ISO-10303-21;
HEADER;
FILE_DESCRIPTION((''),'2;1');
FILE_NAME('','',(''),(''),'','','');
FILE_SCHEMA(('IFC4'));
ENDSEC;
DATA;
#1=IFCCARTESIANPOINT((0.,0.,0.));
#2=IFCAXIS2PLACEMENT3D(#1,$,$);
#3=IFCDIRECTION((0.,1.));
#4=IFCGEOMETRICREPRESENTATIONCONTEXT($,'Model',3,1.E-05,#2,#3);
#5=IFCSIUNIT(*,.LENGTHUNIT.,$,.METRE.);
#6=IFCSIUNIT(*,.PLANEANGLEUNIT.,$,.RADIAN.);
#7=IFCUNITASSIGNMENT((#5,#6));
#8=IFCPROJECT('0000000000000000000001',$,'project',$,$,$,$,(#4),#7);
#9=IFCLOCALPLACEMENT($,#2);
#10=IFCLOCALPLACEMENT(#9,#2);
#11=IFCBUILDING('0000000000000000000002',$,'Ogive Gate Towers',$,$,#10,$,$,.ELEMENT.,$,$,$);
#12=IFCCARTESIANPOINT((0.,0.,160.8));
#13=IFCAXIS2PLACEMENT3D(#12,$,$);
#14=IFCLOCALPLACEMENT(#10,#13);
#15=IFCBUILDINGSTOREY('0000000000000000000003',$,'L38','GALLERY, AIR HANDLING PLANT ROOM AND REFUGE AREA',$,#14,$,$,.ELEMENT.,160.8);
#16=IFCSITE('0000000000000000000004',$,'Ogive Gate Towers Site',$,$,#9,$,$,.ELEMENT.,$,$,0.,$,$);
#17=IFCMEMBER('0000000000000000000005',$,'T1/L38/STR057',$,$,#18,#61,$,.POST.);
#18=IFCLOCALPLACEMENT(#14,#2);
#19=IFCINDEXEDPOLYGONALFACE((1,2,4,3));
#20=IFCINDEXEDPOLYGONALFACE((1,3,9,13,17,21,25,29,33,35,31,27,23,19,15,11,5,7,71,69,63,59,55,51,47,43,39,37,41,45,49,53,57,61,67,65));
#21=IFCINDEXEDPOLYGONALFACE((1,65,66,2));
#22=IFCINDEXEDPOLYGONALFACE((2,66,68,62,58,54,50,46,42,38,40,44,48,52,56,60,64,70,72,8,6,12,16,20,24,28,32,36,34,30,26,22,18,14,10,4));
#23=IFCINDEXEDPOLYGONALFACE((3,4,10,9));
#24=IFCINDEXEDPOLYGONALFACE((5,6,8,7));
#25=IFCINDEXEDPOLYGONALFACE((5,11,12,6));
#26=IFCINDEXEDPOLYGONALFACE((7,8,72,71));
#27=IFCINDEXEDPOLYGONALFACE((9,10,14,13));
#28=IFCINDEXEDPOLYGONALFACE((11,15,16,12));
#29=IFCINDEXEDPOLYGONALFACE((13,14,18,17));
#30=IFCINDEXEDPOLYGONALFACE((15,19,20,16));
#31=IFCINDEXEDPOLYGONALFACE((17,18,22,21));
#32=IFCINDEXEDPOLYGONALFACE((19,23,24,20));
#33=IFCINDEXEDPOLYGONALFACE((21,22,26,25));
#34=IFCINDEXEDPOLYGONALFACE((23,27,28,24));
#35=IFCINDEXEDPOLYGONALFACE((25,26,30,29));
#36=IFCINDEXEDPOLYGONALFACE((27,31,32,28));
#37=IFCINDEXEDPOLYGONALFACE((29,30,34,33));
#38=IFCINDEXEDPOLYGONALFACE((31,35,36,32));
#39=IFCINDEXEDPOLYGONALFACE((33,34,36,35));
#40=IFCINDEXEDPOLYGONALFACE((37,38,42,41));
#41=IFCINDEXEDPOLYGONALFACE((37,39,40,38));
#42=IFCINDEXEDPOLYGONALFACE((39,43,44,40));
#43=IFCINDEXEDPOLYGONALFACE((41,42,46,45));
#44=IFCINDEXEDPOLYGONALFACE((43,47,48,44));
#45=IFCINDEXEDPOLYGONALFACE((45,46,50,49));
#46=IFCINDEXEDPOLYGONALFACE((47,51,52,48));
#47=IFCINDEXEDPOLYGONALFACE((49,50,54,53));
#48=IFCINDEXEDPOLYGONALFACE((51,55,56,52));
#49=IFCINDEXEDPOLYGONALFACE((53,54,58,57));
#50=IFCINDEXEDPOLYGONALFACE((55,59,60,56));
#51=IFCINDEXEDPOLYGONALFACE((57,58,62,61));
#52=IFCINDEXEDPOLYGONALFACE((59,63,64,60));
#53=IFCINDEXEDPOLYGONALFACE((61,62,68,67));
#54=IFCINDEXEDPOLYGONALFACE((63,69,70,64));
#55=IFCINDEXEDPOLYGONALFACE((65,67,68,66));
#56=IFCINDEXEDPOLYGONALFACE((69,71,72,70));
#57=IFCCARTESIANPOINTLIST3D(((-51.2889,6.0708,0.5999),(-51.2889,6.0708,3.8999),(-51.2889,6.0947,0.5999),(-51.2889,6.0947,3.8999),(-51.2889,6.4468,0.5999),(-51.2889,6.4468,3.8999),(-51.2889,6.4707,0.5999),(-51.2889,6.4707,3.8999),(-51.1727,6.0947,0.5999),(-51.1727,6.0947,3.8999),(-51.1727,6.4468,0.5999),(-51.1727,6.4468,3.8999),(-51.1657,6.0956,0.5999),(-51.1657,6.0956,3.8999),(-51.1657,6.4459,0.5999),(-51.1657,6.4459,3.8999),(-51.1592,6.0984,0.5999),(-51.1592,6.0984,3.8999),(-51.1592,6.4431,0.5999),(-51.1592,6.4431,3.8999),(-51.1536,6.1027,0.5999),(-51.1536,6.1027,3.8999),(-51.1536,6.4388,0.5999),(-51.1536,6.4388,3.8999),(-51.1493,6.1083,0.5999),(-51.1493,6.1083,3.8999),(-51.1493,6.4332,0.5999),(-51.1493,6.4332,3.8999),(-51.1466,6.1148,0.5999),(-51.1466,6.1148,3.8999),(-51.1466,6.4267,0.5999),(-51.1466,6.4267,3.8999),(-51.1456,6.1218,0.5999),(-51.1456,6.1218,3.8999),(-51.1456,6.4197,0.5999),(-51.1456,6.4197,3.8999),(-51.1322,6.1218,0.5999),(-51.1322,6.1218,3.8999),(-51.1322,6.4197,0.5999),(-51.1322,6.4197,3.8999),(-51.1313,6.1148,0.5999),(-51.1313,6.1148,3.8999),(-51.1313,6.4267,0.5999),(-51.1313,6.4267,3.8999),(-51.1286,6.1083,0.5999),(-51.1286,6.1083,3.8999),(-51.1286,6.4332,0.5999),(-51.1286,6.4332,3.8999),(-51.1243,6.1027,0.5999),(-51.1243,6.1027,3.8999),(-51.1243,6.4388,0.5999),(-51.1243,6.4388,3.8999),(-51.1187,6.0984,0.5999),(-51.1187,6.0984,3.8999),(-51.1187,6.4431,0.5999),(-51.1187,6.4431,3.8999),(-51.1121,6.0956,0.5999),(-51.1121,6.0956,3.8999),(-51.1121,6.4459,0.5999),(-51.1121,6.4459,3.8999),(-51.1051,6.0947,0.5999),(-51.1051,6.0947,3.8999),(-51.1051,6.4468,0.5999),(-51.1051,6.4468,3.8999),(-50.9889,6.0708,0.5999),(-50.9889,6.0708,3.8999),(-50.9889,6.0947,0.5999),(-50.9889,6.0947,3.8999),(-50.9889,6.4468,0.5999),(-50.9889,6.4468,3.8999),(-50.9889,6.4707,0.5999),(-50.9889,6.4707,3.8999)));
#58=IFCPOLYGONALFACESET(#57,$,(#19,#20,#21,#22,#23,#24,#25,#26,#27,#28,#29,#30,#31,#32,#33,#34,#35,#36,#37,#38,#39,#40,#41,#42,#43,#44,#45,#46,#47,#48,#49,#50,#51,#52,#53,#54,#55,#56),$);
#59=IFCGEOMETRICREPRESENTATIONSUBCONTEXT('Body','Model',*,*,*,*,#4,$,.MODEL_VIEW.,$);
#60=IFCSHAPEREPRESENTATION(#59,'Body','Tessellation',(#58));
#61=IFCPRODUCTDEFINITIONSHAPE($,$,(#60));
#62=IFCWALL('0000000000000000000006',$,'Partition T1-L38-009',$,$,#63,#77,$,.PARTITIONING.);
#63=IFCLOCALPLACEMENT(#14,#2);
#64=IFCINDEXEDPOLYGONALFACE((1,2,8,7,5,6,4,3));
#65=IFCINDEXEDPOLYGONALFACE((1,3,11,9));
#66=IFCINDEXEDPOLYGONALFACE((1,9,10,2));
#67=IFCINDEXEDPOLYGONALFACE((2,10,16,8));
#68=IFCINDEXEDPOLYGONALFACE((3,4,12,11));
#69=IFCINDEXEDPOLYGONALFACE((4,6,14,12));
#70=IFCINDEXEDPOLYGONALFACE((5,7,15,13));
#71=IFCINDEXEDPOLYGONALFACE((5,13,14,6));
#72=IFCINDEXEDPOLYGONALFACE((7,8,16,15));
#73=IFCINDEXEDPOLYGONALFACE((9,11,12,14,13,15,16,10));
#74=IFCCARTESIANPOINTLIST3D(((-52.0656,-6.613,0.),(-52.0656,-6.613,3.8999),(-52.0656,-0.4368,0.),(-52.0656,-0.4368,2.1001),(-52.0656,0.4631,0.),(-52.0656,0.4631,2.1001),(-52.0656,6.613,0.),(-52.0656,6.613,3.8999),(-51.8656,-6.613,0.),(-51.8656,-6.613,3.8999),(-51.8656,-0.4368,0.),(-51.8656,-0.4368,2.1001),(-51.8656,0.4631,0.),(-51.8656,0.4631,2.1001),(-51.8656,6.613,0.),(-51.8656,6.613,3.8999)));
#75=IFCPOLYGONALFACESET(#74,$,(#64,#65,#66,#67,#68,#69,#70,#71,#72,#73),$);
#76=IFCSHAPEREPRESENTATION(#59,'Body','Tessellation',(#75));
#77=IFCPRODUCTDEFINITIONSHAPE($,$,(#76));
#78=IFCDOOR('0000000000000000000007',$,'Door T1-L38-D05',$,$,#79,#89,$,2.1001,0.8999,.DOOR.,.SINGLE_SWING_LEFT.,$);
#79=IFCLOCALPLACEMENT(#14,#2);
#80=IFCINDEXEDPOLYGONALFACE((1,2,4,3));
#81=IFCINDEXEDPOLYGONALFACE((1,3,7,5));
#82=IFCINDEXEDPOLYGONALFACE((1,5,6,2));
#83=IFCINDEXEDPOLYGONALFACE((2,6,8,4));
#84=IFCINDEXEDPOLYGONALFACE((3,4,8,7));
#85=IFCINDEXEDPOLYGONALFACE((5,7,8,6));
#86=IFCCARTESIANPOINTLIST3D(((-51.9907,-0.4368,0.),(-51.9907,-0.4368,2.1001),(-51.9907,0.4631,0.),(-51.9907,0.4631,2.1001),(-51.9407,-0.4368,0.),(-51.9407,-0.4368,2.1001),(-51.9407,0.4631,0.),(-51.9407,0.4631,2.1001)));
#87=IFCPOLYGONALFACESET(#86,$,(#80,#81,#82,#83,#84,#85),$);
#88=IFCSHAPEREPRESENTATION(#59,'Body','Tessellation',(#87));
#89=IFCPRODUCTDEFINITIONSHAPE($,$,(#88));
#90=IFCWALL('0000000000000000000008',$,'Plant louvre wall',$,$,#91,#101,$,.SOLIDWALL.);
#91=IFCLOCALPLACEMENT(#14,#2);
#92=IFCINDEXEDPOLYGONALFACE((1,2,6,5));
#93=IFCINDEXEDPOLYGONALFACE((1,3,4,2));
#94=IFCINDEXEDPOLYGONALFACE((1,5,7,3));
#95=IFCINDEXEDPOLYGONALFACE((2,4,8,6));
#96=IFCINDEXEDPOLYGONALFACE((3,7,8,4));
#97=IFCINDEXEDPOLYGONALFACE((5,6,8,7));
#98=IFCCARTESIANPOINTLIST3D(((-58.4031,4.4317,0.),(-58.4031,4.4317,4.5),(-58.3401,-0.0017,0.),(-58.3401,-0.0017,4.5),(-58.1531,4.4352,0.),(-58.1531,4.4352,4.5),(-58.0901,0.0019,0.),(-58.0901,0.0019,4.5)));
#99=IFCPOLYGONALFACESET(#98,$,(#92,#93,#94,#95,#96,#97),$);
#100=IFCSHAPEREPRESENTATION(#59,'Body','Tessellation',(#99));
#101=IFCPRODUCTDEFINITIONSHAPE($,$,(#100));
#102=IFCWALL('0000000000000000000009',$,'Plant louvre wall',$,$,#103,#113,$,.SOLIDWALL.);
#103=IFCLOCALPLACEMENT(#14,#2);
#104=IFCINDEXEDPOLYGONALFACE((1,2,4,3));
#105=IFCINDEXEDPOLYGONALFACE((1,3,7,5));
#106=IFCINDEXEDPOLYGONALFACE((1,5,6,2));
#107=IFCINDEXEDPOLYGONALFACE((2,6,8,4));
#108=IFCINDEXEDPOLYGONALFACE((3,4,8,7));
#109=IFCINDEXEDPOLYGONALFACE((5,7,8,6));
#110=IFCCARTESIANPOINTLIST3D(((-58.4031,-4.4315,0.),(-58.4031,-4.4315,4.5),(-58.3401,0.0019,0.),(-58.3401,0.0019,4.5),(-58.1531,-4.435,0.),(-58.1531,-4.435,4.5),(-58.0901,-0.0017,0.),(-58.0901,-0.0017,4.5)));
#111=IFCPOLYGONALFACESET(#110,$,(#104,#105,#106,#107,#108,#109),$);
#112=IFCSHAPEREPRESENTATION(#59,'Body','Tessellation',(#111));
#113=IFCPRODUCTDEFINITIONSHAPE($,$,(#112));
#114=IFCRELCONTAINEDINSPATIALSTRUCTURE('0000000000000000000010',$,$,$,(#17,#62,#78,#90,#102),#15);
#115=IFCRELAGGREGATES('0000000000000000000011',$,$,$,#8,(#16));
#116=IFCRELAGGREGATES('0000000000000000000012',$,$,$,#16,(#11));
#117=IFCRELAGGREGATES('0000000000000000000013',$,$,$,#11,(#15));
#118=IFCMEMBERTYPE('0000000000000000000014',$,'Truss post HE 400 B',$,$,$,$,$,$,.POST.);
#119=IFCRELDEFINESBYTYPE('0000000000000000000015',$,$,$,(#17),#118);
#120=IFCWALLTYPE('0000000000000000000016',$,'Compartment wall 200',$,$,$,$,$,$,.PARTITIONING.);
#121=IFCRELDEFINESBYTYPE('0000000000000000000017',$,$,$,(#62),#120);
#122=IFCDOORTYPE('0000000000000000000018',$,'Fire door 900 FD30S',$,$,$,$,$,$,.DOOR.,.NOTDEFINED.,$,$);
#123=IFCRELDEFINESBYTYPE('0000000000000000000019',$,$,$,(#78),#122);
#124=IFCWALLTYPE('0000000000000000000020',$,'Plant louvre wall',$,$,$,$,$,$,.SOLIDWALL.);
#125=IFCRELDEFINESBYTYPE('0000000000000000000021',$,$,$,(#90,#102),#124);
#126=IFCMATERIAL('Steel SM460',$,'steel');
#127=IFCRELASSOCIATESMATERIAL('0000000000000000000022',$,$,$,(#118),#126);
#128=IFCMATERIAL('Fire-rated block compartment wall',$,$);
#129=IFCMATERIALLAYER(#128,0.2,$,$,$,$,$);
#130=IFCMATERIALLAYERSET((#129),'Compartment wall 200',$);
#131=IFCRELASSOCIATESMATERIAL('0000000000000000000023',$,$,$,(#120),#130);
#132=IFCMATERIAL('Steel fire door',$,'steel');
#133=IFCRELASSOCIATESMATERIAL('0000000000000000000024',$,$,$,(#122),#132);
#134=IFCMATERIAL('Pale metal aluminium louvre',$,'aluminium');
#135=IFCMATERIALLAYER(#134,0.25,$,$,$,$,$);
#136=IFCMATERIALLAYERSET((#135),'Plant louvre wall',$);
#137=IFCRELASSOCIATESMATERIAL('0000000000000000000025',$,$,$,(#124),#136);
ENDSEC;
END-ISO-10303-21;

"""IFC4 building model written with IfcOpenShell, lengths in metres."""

from ifc_helpers import new_model, si_unit, direction, frame, frame_2d, origin, origin_2d, place, context, subcontext, project, spatial, rectangle, i_section, extrude, material, layer, layer_set, material_profile, profile_set, type_object, element, fill, save


model = new_model("IFC4")

# Units and contexts
model_context = context("Model", 3, precision=1e-05, world=origin(), true_north=direction((0.0, 1.0)))
body_context = subcontext(model_context, "Body", "Model", "MODEL_VIEW")
ifc_project = project(units=[si_unit("LENGTHUNIT", "METRE"), si_unit("PLANEANGLEUNIT", "RADIAN")], contexts=[model_context])

# Site, building, storey
site_placement = place(None, origin())
site = spatial("IfcSite", under=ifc_project, at=site_placement, Name="Ogive Gate Towers Site", CompositionType="ELEMENT", RefElevation=0.0)
building_placement = place(site_placement, origin())
building = spatial("IfcBuilding", under=site, at=building_placement, Name="Ogive Gate Towers", CompositionType="ELEMENT")
storey_placement = place(building_placement, frame((0.0, 0.0, 160.8)))
storey = spatial("IfcBuildingStorey", under=building, at=storey_placement, Name="L38", Description="GALLERY, AIR HANDLING PLANT ROOM AND REFUGE AREA", CompositionType="ELEMENT", Elevation=160.8)

# Shared definitions
ifc_material_1 = material(Name="Steel SM460", Category="steel")

# Member
ifc_material_profile_1 = material_profile(ifc_material_1, i_section(OverallWidth=0.3, OverallDepth=0.3999, WebThickness=0.0134, FlangeThickness=0.0239, FilletRadius=0.0271, at=origin_2d()), Name="HE 400 B")
ifc_profile_set_1 = profile_set([ifc_material_profile_1], Name="Steel SM460")
member_type_1 = type_object("IfcMemberType", Name="Truss post HE 400 B", PredefinedType="POST", material=ifc_profile_set_1)
for number, where, z_axis, x_axis, name in (
    (1, (-51.1389, 6.2708, 0.5999), (0.0, 0.0, 1.0), (1.0, 0.0, 0.0), "T1/L38/STR057"),
):
    element("IfcMember", number, at=place(storey_placement, frame(where, z_axis=z_axis, x_axis=x_axis)), inside=storey, type_object=member_type_1, Name=name, PredefinedType="POST", context=body_context, shape_type="SweptSolid", body=[
        extrude(i_section(OverallWidth=0.3, OverallDepth=0.3999, WebThickness=0.0134, FlangeThickness=0.0239, FilletRadius=0.0271, at=origin_2d()), origin(), (0.0, 0.0, 1.0), 3.3),
    ])

# Wall, opening, door
ifc_material_2 = material(Name="Fire-rated block compartment wall")
ifc_layer_1 = layer(ifc_material_2, 0.2)
ifc_layer_set_1 = layer_set([ifc_layer_1], Name="Compartment wall 200")
wall_type_1 = type_object("IfcWallType", Name="Compartment wall 200", PredefinedType="PARTITIONING", material=ifc_layer_set_1)
wall_1_placement = place(storey_placement, frame((-51.9656, 6.613, 0.0), z_axis=(0.0, 0.0, 1.0), x_axis=(0.0, -1.0, 0.0)))
wall_1 = element("IfcWall", 2, at=wall_1_placement, inside=storey, type_object=wall_type_1, Name="Partition T1-L38-009", PredefinedType="PARTITIONING", context=body_context, shape_type="SweptSolid", body=[
    extrude(rectangle(XDim=13.2261, YDim=0.2, at=frame_2d((6.613, 0.0))), origin(), (0.0, 0.0, 1.0), 3.8999),
])
opening_1_placement = place(wall_1_placement, frame((6.1499, 0.0, 0.0)))
opening_1 = element("IfcOpeningElement", 3, at=opening_1_placement, cuts=wall_1, PredefinedType="OPENING", context=body_context, shape_type="SweptSolid", body=[
    extrude(rectangle(XDim=0.8999, YDim=2.1001, at=frame_2d((0.45, 1.05))), frame((0.0, 0.1099, 0.0), z_axis=(0.0, -1.0, 0.0), x_axis=(1.0, 0.0, 0.0)), (0.0, 0.0, 1.0), 0.22),
])
ifc_material_3 = material(Name="Steel fire door", Category="steel")
door_type_1 = type_object("IfcDoorType", Name="Fire door 900 FD30S", OperationType="NOTDEFINED", PredefinedType="DOOR", material=ifc_material_3)
door_1_placement = place(opening_1_placement, origin())
door_1 = element("IfcDoor", 4, at=door_1_placement, inside=storey, type_object=door_type_1, Name="Door T1-L38-D05", OperationType="SINGLE_SWING_LEFT", OverallHeight=2.1001, OverallWidth=0.8999, PredefinedType="DOOR", context=body_context, shape_type="SweptSolid", body=[
    extrude(rectangle(XDim=0.8999, YDim=2.1001, at=frame_2d((0.45, 1.05))), frame((0.0, 0.0249, 0.0), z_axis=(0.0, -1.0, 0.0), x_axis=(1.0, 0.0, 0.0)), (0.0, 0.0, 1.0), 0.05),
])
fill(opening_1, door_1)

# Walls
ifc_material_4 = material(Name="Pale metal aluminium louvre", Category="aluminium")
ifc_layer_2 = layer(ifc_material_4, 0.25)
ifc_layer_set_2 = layer_set([ifc_layer_2], Name="Plant louvre wall")
wall_type_2 = type_object("IfcWallType", Name="Plant louvre wall", PredefinedType="SOLIDWALL", material=ifc_layer_set_2)
for number, where, z_axis, x_axis, name in (
    (5, (-58.2781, 4.4333, 0.0), (0.0, 0.0, 1.0), (0.014206, -0.999899, 0.0), "Plant louvre wall"),
    (6, (-58.2151, 0.0, 0.0), (0.0, 0.0, 1.0), (-0.014206, -0.999899, 0.0), "Plant louvre wall"),
):
    element("IfcWall", number, at=place(storey_placement, frame(where, z_axis=z_axis, x_axis=x_axis)), inside=storey, type_object=wall_type_2, Name=name, PredefinedType="SOLIDWALL", context=body_context, shape_type="SweptSolid", body=[
        extrude(rectangle(XDim=4.4338, YDim=0.25, at=frame_2d((2.2168, 0.0))), origin(), (0.0, 0.0, 1.0), 4.5),
    ])

save(model, "model.ifc")
